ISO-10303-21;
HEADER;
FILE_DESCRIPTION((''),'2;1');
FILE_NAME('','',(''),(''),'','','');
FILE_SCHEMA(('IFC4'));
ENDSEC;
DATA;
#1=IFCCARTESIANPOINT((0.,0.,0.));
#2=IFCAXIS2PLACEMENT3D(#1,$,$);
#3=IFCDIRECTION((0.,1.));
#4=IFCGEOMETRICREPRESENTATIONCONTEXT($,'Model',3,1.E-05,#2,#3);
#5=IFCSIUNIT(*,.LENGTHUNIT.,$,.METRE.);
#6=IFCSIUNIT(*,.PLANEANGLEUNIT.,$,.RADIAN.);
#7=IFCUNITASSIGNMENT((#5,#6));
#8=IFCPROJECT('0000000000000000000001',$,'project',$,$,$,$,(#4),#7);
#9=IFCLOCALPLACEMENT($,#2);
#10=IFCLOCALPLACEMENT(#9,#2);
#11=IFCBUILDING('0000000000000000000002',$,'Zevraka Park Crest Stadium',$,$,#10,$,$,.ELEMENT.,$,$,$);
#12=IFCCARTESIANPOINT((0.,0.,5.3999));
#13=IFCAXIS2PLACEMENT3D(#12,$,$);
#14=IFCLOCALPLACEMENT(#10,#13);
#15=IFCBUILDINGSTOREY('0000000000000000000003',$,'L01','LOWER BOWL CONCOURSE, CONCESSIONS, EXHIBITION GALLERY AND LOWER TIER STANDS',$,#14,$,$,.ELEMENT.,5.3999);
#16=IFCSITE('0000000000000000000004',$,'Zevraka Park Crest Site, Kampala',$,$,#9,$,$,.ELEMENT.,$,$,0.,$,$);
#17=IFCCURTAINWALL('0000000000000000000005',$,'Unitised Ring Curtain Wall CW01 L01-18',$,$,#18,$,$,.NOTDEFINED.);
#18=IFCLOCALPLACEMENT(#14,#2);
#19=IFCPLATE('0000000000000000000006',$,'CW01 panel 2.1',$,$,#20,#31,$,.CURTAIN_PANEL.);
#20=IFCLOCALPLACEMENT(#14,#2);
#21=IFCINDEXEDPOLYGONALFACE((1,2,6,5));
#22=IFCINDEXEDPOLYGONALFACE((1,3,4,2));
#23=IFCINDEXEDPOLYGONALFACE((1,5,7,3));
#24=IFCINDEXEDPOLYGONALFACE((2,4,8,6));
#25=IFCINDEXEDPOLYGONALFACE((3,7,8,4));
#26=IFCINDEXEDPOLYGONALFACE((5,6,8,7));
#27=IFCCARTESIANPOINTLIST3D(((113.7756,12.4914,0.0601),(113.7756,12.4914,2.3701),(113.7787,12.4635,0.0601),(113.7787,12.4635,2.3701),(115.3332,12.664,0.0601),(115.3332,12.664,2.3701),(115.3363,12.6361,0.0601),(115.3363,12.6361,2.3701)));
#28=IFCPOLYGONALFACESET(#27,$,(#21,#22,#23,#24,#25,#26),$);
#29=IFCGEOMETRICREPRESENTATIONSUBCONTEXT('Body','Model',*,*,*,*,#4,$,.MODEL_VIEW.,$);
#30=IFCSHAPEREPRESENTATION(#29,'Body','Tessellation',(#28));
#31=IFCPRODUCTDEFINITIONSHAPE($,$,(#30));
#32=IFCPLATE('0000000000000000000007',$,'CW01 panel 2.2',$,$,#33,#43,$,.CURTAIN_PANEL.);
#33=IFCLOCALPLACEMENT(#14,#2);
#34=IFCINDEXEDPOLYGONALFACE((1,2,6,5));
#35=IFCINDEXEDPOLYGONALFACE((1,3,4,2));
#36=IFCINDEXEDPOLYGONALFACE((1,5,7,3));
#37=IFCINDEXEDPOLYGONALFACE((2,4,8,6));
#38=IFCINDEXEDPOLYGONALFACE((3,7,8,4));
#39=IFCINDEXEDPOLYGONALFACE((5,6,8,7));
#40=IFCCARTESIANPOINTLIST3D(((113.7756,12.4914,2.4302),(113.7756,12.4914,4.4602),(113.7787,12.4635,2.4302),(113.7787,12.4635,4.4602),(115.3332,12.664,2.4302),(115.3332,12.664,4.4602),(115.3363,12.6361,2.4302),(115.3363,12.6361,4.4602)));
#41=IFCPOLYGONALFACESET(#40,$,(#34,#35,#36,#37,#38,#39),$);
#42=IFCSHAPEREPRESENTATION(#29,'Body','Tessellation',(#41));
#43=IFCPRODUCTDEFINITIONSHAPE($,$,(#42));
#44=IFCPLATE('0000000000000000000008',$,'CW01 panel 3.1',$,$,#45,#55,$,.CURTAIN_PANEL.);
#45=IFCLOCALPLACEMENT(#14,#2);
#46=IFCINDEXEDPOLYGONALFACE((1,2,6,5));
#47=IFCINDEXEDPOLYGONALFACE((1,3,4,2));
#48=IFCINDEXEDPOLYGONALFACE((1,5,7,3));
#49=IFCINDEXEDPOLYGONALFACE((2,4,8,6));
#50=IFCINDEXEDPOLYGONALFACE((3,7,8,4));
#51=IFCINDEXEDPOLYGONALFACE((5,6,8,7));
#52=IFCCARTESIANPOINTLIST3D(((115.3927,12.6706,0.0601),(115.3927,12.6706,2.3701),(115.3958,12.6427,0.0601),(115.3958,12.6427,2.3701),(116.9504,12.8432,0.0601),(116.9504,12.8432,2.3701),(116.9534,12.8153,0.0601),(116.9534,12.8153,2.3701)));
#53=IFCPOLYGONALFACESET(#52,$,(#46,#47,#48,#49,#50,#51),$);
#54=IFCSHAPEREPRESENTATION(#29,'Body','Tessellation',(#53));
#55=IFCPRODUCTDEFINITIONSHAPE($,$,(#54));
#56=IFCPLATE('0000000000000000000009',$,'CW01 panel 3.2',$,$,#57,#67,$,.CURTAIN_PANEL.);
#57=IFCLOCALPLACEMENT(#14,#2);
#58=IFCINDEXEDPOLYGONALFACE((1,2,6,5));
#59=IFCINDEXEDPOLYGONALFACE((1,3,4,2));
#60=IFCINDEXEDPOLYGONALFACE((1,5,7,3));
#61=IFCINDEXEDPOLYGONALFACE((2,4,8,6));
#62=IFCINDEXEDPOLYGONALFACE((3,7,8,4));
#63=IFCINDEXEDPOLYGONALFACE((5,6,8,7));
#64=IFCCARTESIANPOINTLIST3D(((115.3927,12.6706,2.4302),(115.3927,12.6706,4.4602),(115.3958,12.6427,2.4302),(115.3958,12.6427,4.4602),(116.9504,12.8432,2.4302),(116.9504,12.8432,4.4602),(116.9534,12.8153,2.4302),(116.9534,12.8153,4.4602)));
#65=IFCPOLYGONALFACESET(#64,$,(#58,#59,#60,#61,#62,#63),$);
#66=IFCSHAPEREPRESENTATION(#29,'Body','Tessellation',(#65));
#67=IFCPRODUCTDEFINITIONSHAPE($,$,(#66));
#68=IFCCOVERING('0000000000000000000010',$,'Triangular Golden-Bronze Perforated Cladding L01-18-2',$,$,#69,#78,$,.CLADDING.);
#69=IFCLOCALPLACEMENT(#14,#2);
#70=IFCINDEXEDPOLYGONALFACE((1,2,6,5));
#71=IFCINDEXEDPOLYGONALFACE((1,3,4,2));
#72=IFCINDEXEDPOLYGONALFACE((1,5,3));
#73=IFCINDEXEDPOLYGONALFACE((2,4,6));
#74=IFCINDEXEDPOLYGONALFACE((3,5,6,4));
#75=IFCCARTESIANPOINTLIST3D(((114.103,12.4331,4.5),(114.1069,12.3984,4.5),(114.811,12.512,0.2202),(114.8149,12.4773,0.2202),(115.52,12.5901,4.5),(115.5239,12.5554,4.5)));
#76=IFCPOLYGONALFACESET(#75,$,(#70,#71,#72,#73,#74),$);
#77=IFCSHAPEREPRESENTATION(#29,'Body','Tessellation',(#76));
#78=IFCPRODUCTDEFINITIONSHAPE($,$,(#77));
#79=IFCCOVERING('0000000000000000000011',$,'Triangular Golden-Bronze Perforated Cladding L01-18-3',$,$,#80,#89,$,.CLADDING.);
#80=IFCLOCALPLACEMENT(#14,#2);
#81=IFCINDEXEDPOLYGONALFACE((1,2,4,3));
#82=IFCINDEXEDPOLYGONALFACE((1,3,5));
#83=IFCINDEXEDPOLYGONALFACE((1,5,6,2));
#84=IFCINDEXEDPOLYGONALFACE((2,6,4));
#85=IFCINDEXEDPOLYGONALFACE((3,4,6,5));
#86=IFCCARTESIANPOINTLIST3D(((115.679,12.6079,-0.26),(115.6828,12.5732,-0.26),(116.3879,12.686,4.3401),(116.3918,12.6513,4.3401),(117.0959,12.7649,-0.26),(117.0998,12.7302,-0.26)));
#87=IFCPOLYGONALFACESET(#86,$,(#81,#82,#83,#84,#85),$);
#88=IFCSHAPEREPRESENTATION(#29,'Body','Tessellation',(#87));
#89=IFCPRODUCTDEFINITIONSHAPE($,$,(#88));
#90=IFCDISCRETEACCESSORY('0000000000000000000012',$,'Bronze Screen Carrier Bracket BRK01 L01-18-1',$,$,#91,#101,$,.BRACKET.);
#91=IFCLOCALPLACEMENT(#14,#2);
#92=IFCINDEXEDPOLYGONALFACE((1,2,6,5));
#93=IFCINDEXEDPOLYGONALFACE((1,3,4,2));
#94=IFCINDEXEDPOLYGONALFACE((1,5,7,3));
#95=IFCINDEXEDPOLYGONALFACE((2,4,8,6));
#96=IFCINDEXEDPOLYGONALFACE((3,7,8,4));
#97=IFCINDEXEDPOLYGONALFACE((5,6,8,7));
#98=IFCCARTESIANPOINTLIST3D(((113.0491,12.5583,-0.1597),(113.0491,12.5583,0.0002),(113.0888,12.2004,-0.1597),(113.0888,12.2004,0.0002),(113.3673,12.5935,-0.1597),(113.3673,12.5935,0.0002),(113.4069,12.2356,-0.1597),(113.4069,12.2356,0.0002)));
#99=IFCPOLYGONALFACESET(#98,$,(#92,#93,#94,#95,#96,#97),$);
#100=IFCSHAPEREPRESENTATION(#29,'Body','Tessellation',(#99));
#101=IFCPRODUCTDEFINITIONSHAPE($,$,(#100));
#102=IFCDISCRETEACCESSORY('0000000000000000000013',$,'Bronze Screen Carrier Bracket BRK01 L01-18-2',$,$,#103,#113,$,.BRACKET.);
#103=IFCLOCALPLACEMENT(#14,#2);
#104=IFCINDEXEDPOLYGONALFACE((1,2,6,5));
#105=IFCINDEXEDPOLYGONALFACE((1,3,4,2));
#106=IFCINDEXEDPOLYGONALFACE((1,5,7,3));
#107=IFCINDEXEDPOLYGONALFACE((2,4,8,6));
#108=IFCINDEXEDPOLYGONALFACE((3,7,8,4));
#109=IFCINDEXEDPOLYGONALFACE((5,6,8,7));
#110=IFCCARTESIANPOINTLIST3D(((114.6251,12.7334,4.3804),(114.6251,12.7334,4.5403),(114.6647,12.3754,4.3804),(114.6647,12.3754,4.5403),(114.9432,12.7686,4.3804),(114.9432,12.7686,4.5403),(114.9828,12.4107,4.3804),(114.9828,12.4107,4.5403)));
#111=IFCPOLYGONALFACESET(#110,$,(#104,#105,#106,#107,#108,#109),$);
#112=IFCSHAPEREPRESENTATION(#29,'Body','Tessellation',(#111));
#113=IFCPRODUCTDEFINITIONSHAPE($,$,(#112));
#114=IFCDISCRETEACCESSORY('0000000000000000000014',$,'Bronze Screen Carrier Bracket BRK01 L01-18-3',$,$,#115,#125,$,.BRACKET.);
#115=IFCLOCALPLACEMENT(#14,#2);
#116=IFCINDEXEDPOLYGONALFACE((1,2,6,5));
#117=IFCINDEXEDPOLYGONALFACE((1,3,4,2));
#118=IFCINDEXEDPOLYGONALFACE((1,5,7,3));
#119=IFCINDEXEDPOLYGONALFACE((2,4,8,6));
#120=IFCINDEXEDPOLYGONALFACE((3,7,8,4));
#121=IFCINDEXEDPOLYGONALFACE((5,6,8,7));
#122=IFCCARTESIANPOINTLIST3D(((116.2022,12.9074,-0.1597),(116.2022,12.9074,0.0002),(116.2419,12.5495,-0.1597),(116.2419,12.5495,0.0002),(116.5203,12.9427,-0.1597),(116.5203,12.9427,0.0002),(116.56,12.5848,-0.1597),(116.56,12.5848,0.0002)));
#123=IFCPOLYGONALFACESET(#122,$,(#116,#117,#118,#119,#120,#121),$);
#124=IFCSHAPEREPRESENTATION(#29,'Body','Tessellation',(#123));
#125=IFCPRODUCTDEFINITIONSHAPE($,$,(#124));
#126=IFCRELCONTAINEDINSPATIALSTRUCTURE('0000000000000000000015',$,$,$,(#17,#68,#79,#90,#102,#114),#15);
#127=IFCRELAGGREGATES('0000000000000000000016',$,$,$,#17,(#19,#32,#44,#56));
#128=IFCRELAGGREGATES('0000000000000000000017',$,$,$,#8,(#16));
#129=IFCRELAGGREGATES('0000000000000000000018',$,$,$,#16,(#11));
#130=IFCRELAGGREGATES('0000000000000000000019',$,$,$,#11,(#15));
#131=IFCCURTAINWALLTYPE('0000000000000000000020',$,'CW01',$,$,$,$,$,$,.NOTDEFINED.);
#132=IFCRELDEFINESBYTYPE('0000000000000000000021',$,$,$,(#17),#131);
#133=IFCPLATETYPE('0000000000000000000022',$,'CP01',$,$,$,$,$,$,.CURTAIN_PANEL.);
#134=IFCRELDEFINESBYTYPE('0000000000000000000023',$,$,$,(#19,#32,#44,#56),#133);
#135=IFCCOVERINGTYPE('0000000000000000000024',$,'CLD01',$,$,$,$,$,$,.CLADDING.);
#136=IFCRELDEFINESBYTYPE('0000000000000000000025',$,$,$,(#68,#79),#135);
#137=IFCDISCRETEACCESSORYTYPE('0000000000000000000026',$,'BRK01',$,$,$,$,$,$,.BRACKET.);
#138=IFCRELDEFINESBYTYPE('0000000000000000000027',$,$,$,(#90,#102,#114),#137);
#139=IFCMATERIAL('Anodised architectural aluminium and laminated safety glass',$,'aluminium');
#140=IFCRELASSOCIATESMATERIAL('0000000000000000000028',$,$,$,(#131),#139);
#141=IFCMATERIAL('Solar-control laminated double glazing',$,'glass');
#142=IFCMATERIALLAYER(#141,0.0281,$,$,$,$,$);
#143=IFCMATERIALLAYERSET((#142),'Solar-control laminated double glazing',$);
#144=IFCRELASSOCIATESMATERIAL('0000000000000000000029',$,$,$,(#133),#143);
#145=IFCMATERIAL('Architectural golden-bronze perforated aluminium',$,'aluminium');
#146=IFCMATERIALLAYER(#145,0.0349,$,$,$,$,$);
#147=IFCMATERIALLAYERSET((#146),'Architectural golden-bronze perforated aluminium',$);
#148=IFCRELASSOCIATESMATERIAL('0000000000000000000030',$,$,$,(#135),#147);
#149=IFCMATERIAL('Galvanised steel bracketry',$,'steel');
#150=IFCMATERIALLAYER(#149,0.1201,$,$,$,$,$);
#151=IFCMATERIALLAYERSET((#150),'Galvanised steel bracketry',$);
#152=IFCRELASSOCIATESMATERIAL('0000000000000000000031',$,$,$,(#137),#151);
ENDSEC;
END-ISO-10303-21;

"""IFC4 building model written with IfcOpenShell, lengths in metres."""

from ifc_helpers import new_model, si_unit, direction, frame, origin, origin_2d, place, context, subcontext, project, spatial, polyline, rectangle, outline, extrude, material, layer, layer_set, type_object, element, aggregate, save


model = new_model("IFC4")

# Units and contexts
model_context = context("Model", 3, precision=1e-05, world=origin(), true_north=direction((0.0, 1.0)))
body_context = subcontext(model_context, "Body", "Model", "MODEL_VIEW")
ifc_project = project(units=[si_unit("LENGTHUNIT", "METRE"), si_unit("PLANEANGLEUNIT", "RADIAN")], contexts=[model_context])

# Site, building, storey
site_placement = place(None, origin())
site = spatial("IfcSite", under=ifc_project, at=site_placement, Name="Zevraka Park Crest Site, Kampala", CompositionType="ELEMENT", RefElevation=0.0)
building_placement = place(site_placement, origin())
building = spatial("IfcBuilding", under=site, at=building_placement, Name="Zevraka Park Crest Stadium", CompositionType="ELEMENT")
storey_placement = place(building_placement, frame((0.0, 0.0, 5.3999)))
storey = spatial("IfcBuildingStorey", under=building, at=storey_placement, Name="L01", Description="LOWER BOWL CONCOURSE, CONCESSIONS, EXHIBITION GALLERY AND LOWER TIER STANDS", CompositionType="ELEMENT", Elevation=5.3999)

# Curtain wall
ifc_material_1 = material(Name="Anodised architectural aluminium and laminated safety glass", Category="aluminium")
curtain_wall_type = type_object("IfcCurtainWallType", Name="CW01", PredefinedType="NOTDEFINED", material=ifc_material_1)
curtain_wall_placement = place(storey_placement, origin())
curtain_wall = element("IfcCurtainWall", 1, at=curtain_wall_placement, inside=storey, type_object=curtain_wall_type, Name="Unitised Ring Curtain Wall CW01 L01-18", PredefinedType="NOTDEFINED")

# Plates
ifc_material_2 = material(Name="Solar-control laminated double glazing", Category="glass")
ifc_layer_1 = layer(ifc_material_2, 0.0281)
ifc_layer_set_1 = layer_set([ifc_layer_1], Name="Solar-control laminated double glazing")
plate_type = type_object("IfcPlateType", Name="CP01", PredefinedType="CURTAIN_PANEL", material=ifc_layer_set_1)
plate_1_placement = place(storey_placement, frame((114.5559, 12.5637, 0.0601), z_axis=(0.0, 0.0, 1.0), x_axis=(0.993917, 0.110135, 0.0)))
plate_1 = element("IfcPlate", 2, at=plate_1_placement, type_object=plate_type, Name="CW01 panel 2.1", PredefinedType="CURTAIN_PANEL", context=body_context, shape_type="SweptSolid", body=[
    extrude(rectangle(XDim=1.5671, YDim=0.0281, at=origin_2d()), origin(), (0.0, 0.0, 1.0), 2.3101),
])
plate_2_placement = place(storey_placement, frame((114.5559, 12.5637, 2.4302), z_axis=(0.0, 0.0, 1.0), x_axis=(0.993917, 0.110135, 0.0)))
plate_2 = element("IfcPlate", 3, at=plate_2_placement, type_object=plate_type, Name="CW01 panel 2.2", PredefinedType="CURTAIN_PANEL", context=body_context, shape_type="SweptSolid", body=[
    extrude(rectangle(XDim=1.5671, YDim=0.0281, at=origin_2d()), origin(), (0.0, 0.0, 1.0), 2.03),
])
plate_3_placement = place(storey_placement, frame((116.1731, 12.7429, 0.0601), z_axis=(0.0, 0.0, 1.0), x_axis=(0.993917, 0.110135, 0.0)))
plate_3 = element("IfcPlate", 4, at=plate_3_placement, type_object=plate_type, Name="CW01 panel 3.1", PredefinedType="CURTAIN_PANEL", context=body_context, shape_type="SweptSolid", body=[
    extrude(rectangle(XDim=1.5671, YDim=0.0281, at=origin_2d()), origin(), (0.0, 0.0, 1.0), 2.3101),
])
plate_4_placement = place(storey_placement, frame((116.1731, 12.7429, 2.4302), z_axis=(0.0, 0.0, 1.0), x_axis=(0.993917, 0.110135, 0.0)))
plate_4 = element("IfcPlate", 5, at=plate_4_placement, type_object=plate_type, Name="CW01 panel 3.2", PredefinedType="CURTAIN_PANEL", context=body_context, shape_type="SweptSolid", body=[
    extrude(rectangle(XDim=1.5671, YDim=0.0281, at=origin_2d()), origin(), (0.0, 0.0, 1.0), 2.03),
])
aggregate(curtain_wall, [plate_1, plate_2, plate_3, plate_4])

# Coverings
ifc_material_3 = material(Name="Architectural golden-bronze perforated aluminium", Category="aluminium")
ifc_layer_2 = layer(ifc_material_3, 0.0349)
ifc_layer_set_2 = layer_set([ifc_layer_2], Name="Architectural golden-bronze perforated aluminium")
covering_type = type_object("IfcCoveringType", Name="CLD01", PredefinedType="CLADDING", material=ifc_layer_set_2)
covering_1_placement = place(storey_placement, frame((115.52, 12.5901, 4.5), z_axis=(-0.110112, 0.993919, 0.000098), x_axis=(-0.993919, -0.110112, 0.0)))
element("IfcCovering", 6, at=covering_1_placement, inside=storey, type_object=covering_type, Name="Triangular Golden-Bronze Perforated Cladding L01-18-2", PredefinedType="CLADDING", context=body_context, shape_type="SweptSolid", body=[
    extrude(outline(polyline([(0.0, 0.0), (1.4257, 0.0), (0.7133, -4.2798), (0.0, 0.0)])), origin(), (0.0, 0.0, -1.0), 0.0349),
])
covering_2_placement = place(storey_placement, frame((115.679, 12.6079, -0.26), z_axis=(-0.110112, 0.993919, 0.000091), x_axis=(0.993919, 0.110112, 0.0)))
element("IfcCovering", 7, at=covering_2_placement, inside=storey, type_object=covering_type, Name="Triangular Golden-Bronze Perforated Cladding L01-18-3", PredefinedType="CLADDING", context=body_context, shape_type="SweptSolid", body=[
    extrude(outline(polyline([(0.0, 0.0), (1.4257, 0.0), (0.7133, -4.6001), (0.0, 0.0)])), origin(), (0.0, 0.0, -1.0), 0.0349),
])

# Discrete accessories
ifc_material_4 = material(Name="Galvanised steel bracketry", Category="steel")
ifc_layer_3 = layer(ifc_material_4, 0.1201)
ifc_layer_set_3 = layer_set([ifc_layer_3], Name="Galvanised steel bracketry")
discrete_accessory_type = type_object("IfcDiscreteAccessoryType", Name="BRK01", PredefinedType="BRACKET", material=ifc_layer_set_3)
for number, where, z_axis, x_axis, name in (
    (8, (113.228, 12.397, -0.1597), (0.0, 0.0, 1.0), (0.993923, 0.110081, 0.0), "Bronze Screen Carrier Bracket BRK01 L01-18-1"),
    (9, (114.804, 12.572, 4.3804), (0.0, 0.0, 1.0), (0.993923, 0.110081, 0.0), "Bronze Screen Carrier Bracket BRK01 L01-18-2"),
    (10, (116.3811, 12.7461, -0.1597), (0.0, 0.0, 1.0), (0.993923, 0.110081, 0.0), "Bronze Screen Carrier Bracket BRK01 L01-18-3"),
):
    element("IfcDiscreteAccessory", number, at=place(storey_placement, frame(where, z_axis=z_axis, x_axis=x_axis)), inside=storey, type_object=discrete_accessory_type, Name=name, PredefinedType="BRACKET", context=body_context, shape_type="SweptSolid", body=[
        extrude(rectangle(XDim=0.3201, YDim=0.3601, at=origin_2d()), origin(), (0.0, 0.0, 1.0), 0.1599),
    ])

save(model, "model.ifc")
